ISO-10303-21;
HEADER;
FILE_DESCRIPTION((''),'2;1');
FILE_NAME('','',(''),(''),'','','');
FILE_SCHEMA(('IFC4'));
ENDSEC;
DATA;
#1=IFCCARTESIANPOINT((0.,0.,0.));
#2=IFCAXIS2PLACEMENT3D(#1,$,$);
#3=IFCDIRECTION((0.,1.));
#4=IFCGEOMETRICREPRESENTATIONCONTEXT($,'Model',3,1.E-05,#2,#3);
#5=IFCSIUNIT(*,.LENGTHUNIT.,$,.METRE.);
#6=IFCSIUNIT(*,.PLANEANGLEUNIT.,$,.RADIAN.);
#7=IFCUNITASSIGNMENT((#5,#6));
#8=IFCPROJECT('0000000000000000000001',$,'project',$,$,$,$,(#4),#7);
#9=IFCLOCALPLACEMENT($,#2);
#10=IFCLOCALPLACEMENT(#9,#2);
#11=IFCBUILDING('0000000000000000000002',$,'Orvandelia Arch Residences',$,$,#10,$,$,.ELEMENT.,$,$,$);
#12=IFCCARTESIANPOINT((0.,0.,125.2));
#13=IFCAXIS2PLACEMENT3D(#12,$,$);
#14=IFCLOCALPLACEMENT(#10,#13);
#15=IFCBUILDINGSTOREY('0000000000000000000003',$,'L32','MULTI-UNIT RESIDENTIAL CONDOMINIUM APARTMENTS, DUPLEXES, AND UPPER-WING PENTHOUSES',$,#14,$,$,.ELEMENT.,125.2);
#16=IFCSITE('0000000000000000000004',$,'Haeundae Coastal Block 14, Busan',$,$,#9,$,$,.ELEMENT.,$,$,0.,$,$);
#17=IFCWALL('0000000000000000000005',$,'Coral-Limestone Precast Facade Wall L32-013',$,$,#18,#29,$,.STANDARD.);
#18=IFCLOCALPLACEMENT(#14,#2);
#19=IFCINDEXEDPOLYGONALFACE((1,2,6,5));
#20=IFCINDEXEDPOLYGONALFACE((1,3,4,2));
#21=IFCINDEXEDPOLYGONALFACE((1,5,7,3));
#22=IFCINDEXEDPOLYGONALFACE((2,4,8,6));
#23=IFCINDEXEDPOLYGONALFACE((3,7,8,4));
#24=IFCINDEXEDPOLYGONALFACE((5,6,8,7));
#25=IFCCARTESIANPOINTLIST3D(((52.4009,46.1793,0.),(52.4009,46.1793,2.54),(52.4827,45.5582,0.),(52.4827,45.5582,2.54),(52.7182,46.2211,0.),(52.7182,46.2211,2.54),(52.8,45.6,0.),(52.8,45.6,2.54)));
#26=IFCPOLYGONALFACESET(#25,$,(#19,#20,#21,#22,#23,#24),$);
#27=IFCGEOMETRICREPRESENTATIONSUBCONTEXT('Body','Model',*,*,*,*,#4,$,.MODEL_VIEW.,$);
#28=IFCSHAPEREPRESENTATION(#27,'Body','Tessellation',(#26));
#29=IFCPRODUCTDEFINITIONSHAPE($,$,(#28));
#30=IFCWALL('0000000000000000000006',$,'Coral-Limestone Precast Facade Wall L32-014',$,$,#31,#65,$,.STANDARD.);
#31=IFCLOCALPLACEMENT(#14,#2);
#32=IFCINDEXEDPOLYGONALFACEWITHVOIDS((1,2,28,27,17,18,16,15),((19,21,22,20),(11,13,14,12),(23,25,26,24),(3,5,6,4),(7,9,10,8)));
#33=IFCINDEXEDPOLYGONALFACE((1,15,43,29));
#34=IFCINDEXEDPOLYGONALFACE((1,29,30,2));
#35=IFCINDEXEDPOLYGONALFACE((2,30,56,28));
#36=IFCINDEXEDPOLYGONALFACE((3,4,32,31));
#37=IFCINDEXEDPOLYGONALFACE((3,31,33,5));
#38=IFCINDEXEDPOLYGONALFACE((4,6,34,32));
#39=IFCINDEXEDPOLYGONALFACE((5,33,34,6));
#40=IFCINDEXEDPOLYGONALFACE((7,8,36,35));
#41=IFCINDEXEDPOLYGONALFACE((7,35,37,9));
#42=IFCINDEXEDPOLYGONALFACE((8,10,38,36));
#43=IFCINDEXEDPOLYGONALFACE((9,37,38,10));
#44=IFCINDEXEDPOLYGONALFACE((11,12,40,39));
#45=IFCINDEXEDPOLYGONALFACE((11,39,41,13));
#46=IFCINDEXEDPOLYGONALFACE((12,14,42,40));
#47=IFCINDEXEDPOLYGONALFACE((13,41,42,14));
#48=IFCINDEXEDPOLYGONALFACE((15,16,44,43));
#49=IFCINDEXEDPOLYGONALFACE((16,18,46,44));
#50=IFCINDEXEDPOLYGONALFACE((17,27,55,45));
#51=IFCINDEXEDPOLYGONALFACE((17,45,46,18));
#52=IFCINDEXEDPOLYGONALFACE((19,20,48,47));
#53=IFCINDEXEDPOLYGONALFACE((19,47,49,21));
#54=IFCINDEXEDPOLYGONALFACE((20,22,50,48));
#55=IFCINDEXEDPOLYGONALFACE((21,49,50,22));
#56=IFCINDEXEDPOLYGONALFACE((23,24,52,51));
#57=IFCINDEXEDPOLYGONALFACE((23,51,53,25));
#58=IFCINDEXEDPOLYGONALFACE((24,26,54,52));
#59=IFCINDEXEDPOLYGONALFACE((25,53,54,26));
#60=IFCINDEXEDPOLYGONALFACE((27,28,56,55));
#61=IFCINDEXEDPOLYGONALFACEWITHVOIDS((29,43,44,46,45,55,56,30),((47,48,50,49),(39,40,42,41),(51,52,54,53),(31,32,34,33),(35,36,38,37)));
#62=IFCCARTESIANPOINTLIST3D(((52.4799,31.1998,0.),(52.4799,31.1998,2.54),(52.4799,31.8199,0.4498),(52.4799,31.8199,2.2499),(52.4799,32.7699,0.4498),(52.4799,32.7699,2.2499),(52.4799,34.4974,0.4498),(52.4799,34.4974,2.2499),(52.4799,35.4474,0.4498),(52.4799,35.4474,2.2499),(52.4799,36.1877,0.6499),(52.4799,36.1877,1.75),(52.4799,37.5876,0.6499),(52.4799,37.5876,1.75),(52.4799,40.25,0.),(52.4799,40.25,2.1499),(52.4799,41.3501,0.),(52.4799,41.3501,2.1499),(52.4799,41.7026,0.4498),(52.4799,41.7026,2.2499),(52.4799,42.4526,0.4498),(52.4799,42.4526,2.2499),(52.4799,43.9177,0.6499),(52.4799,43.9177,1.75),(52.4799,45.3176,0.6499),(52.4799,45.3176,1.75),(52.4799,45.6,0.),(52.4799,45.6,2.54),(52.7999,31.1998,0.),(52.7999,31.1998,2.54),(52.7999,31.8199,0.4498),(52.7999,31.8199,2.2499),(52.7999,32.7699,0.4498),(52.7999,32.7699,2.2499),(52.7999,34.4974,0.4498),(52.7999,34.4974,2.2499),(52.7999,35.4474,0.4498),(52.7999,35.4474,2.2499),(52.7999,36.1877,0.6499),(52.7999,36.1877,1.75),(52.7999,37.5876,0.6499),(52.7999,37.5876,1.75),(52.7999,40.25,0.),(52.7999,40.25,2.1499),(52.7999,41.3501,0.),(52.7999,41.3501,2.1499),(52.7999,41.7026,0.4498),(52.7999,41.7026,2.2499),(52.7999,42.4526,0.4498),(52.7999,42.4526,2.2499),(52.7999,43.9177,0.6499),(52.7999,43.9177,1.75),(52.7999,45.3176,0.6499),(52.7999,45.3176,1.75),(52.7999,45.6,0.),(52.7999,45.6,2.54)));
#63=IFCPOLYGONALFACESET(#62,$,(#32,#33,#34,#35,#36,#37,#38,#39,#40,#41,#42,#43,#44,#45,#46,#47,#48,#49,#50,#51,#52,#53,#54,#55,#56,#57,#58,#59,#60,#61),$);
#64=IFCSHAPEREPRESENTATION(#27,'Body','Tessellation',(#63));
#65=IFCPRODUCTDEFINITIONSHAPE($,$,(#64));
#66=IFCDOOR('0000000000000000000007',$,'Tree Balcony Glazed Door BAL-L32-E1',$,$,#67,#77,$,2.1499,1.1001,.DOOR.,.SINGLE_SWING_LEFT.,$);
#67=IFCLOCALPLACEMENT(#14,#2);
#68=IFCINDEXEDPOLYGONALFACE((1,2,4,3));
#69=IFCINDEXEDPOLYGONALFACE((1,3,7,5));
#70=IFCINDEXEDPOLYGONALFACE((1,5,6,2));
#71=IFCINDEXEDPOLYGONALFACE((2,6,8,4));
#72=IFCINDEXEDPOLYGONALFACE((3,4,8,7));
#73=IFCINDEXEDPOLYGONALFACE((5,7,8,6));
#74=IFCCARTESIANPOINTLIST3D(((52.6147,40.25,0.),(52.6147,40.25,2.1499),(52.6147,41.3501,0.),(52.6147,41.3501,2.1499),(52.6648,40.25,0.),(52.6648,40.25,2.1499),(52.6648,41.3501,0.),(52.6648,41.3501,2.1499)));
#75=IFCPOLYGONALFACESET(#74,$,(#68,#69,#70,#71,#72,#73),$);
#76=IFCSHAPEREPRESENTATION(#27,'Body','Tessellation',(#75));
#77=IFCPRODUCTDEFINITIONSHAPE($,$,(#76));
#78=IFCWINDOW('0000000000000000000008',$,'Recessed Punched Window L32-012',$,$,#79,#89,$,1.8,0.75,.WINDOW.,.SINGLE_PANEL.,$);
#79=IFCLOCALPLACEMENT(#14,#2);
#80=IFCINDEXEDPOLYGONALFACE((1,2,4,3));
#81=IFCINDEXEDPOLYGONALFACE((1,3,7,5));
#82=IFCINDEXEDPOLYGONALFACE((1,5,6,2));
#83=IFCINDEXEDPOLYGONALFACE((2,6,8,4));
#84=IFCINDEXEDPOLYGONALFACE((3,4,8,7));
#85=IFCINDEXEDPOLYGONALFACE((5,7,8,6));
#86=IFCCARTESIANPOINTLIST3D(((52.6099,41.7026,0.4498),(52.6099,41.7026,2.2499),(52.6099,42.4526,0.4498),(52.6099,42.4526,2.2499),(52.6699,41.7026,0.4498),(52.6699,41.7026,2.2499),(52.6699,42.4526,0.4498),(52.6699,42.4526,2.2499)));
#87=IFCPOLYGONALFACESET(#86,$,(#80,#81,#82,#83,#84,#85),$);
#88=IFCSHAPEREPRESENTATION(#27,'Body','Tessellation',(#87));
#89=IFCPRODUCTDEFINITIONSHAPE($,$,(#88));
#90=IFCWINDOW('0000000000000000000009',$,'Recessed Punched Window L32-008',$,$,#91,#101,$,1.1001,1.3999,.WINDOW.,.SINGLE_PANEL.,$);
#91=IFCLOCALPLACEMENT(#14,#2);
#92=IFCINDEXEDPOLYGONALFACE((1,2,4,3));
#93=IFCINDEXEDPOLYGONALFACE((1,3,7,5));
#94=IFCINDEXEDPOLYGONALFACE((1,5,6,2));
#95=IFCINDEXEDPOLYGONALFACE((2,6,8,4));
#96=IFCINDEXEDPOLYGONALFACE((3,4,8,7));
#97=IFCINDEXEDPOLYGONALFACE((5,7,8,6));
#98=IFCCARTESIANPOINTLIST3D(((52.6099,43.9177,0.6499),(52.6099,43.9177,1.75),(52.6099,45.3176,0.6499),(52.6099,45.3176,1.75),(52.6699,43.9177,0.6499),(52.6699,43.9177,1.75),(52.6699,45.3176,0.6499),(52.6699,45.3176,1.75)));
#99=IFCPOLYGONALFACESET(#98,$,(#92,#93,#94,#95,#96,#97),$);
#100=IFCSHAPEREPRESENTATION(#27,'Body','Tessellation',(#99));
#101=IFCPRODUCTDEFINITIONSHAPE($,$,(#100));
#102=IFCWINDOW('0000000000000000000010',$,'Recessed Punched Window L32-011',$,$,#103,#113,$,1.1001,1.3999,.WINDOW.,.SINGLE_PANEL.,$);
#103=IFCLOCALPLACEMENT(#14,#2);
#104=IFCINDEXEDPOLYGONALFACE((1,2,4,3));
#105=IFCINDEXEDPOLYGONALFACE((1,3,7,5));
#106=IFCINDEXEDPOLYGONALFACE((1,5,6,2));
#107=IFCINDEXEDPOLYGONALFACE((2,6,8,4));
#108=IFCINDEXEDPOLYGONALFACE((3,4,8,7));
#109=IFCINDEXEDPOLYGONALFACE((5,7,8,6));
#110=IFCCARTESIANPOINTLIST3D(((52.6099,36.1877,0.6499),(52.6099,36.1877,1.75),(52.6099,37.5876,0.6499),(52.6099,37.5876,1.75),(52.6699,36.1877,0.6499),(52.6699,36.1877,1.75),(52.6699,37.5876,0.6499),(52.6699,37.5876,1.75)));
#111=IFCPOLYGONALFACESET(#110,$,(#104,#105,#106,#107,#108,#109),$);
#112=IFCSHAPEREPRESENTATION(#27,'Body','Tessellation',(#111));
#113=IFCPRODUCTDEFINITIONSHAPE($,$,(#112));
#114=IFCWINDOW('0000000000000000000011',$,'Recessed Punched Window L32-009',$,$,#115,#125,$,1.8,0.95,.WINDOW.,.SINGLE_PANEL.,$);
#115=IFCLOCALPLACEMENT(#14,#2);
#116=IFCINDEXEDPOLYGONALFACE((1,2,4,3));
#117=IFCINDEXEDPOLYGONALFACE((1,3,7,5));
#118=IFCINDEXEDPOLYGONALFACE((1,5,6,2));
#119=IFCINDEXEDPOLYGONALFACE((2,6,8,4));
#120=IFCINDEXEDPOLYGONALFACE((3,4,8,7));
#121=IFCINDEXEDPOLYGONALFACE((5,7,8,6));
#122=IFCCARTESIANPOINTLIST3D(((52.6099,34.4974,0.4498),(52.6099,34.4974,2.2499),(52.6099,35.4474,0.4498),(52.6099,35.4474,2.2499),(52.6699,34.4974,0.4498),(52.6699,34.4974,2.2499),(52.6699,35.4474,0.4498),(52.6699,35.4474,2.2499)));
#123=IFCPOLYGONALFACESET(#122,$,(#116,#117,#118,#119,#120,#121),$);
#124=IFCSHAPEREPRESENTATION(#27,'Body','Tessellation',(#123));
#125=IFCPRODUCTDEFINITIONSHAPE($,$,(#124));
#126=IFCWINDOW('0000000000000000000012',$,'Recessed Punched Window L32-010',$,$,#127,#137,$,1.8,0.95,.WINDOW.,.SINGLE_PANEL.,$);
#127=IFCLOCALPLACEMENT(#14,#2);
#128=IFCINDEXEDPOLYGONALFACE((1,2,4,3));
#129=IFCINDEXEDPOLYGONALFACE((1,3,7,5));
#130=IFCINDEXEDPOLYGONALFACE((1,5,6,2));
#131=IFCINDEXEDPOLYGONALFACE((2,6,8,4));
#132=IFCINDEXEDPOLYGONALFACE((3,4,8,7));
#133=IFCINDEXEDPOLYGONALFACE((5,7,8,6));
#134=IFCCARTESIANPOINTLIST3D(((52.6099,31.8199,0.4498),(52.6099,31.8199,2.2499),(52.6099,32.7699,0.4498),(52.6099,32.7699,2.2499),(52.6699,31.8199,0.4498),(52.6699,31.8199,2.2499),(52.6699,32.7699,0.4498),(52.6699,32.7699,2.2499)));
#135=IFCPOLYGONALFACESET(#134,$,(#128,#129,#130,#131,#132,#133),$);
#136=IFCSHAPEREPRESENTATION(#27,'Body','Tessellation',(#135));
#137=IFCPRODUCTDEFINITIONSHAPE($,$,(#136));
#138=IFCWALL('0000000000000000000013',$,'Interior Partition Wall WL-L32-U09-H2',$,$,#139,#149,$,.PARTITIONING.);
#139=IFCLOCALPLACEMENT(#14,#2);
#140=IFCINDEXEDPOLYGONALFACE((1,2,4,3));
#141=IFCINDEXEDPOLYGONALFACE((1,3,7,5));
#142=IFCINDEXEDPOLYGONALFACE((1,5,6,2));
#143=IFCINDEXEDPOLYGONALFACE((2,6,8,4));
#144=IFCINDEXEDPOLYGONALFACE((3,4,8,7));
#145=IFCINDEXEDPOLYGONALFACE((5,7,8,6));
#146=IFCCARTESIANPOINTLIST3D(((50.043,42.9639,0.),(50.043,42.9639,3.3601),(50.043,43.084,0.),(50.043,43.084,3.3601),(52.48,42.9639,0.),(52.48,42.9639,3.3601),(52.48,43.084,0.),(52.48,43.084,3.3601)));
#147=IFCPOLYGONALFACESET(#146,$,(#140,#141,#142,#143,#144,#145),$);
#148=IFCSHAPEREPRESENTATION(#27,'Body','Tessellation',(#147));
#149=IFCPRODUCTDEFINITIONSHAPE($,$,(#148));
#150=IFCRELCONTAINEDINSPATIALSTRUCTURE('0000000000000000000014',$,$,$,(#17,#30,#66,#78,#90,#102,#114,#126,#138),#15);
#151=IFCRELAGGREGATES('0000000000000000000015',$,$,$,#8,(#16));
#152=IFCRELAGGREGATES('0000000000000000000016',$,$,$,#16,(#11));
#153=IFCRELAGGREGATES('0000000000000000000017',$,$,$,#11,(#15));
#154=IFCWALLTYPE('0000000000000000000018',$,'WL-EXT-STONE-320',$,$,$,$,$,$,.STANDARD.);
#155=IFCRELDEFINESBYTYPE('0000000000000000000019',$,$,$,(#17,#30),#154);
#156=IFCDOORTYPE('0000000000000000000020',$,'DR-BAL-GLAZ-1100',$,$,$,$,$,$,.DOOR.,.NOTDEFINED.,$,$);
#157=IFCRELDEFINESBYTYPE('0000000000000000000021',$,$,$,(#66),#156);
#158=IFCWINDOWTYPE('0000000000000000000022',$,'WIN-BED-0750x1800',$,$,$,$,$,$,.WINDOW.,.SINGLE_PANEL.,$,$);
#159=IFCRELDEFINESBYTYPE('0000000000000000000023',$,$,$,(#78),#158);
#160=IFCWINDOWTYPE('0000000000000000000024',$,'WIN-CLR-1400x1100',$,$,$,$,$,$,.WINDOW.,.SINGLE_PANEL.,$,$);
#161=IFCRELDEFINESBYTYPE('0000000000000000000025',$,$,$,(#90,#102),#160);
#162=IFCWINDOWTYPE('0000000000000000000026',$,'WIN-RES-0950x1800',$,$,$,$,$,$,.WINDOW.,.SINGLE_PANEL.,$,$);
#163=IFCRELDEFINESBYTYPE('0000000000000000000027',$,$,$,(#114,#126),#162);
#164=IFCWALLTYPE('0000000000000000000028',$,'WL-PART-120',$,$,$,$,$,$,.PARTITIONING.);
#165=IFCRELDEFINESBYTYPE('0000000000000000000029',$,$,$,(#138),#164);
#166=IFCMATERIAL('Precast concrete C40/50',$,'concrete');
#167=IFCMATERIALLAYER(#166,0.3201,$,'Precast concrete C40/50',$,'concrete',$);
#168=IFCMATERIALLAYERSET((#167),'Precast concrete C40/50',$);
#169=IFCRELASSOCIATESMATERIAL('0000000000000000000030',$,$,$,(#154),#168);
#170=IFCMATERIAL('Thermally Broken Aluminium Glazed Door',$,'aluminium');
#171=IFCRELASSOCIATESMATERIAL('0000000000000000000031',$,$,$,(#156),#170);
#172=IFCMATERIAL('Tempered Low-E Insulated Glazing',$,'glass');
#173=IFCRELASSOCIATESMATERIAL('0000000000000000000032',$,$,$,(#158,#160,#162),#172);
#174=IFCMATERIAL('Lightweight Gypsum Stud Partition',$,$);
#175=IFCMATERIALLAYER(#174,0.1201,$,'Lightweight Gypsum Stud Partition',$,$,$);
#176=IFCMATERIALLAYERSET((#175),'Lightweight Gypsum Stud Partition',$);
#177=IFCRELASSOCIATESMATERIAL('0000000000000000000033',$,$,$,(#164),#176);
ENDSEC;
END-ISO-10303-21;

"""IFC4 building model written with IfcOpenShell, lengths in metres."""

from ifc_helpers import new_model, si_unit, direction, frame, frame_2d, origin, place, context, subcontext, project, spatial, rectangle, extrude, material, layer, layer_set, type_object, element, fill, save


model = new_model("IFC4")

# Units and contexts
model_context = context("Model", 3, precision=1e-05, world=origin(), true_north=direction((0.0, 1.0)))
body_context = subcontext(model_context, "Body", "Model", "MODEL_VIEW")
ifc_project = project(units=[si_unit("LENGTHUNIT", "METRE"), si_unit("PLANEANGLEUNIT", "RADIAN")], contexts=[model_context])

# Site, building, storey
site_placement = place(None, origin())
site = spatial("IfcSite", under=ifc_project, at=site_placement, Name="Haeundae Coastal Block 14, Busan", CompositionType="ELEMENT", RefElevation=0.0)
building_placement = place(site_placement, origin())
building = spatial("IfcBuilding", under=site, at=building_placement, Name="Orvandelia Arch Residences", CompositionType="ELEMENT")
storey_placement = place(building_placement, frame((0.0, 0.0, 125.2)))
storey = spatial("IfcBuildingStorey", under=building, at=storey_placement, Name="L32", Description="MULTI-UNIT RESIDENTIAL CONDOMINIUM APARTMENTS, DUPLEXES, AND UPPER-WING PENTHOUSES", CompositionType="ELEMENT", Elevation=125.2)

# Wall
ifc_material_1 = material(Name="Precast concrete C40/50", Category="concrete")
ifc_layer_1 = layer(ifc_material_1, 0.3201, Name="Precast concrete C40/50", Category="concrete")
ifc_layer_set_1 = layer_set([ifc_layer_1], Name="Precast concrete C40/50")
wall_type_1 = type_object("IfcWallType", Name="WL-EXT-STONE-320", PredefinedType="STANDARD", material=ifc_layer_set_1)
for number, where, z_axis, x_axis, name in (
    (1, (52.5596, 46.2002, 0.0), (0.0, 0.0, 1.0), (0.130555, -0.991441, 0.0), "Coral-Limestone Precast Facade Wall L32-013"),
):
    element("IfcWall", number, at=place(storey_placement, frame(where, z_axis=z_axis, x_axis=x_axis)), inside=storey, type_object=wall_type_1, Name=name, PredefinedType="STANDARD", context=body_context, shape_type="SweptSolid", body=[
        extrude(rectangle(XDim=0.6265, YDim=0.3201, at=frame_2d((0.3132, 0.0))), origin(), (0.0, 0.0, 1.0), 2.54),
    ])

# Wall, openings, door, windows
wall_1_placement = place(storey_placement, frame((52.6399, 45.6001, 0.0), z_axis=(0.0, 0.0, 1.0), x_axis=(0.0, -1.0, 0.0)))
wall_1 = element("IfcWall", 2, at=wall_1_placement, inside=storey, type_object=wall_type_1, Name="Coral-Limestone Precast Facade Wall L32-014", PredefinedType="STANDARD", context=body_context, shape_type="SweptSolid", body=[
    extrude(rectangle(XDim=14.4001, YDim=0.3201, at=frame_2d((7.2002, 0.0))), origin(), (0.0, 0.0, 1.0), 2.54),
])
opening_1_placement = place(wall_1_placement, frame((4.25, 0.0, 0.0)))
opening_1 = element("IfcOpeningElement", 3, at=opening_1_placement, cuts=wall_1, PredefinedType="OPENING", context=body_context, shape_type="SweptSolid", body=[
    extrude(rectangle(XDim=1.1001, YDim=2.1499, at=frame_2d((0.55, 1.075))), frame((0.0, 0.1699, 0.0), z_axis=(0.0, -1.0, 0.0), x_axis=(1.0, 0.0, 0.0)), (0.0, 0.0, 1.0), 0.3401),
])
opening_2_placement = place(wall_1_placement, frame((0.2825, 0.0, 0.6499)))
opening_2 = element("IfcOpeningElement", 4, at=opening_2_placement, cuts=wall_1, PredefinedType="OPENING", context=body_context, shape_type="SweptSolid", body=[
    extrude(rectangle(XDim=1.3999, YDim=1.1001, at=frame_2d((0.7, 0.55))), frame((0.0, 0.1699, 0.0), z_axis=(0.0, -1.0, 0.0), x_axis=(1.0, 0.0, 0.0)), (0.0, 0.0, 1.0), 0.3401),
])
opening_3_placement = place(wall_1_placement, frame((10.1526, 0.0, 0.45)))
opening_3 = element("IfcOpeningElement", 5, at=opening_3_placement, cuts=wall_1, PredefinedType="OPENING", context=body_context, shape_type="SweptSolid", body=[
    extrude(rectangle(XDim=0.95, YDim=1.8, at=frame_2d((0.4751, 0.8999))), frame((0.0, 0.1699, 0.0), z_axis=(0.0, -1.0, 0.0), x_axis=(1.0, 0.0, 0.0)), (0.0, 0.0, 1.0), 0.3401),
])
opening_4_placement = place(wall_1_placement, frame((12.8301, 0.0, 0.45)))
opening_4 = element("IfcOpeningElement", 6, at=opening_4_placement, cuts=wall_1, PredefinedType="OPENING", context=body_context, shape_type="SweptSolid", body=[
    extrude(rectangle(XDim=0.95, YDim=1.8, at=frame_2d((0.4751, 0.8999))), frame((0.0, 0.1699, 0.0), z_axis=(0.0, -1.0, 0.0), x_axis=(1.0, 0.0, 0.0)), (0.0, 0.0, 1.0), 0.3401),
])
opening_5_placement = place(wall_1_placement, frame((8.0125, 0.0, 0.6499)))
opening_5 = element("IfcOpeningElement", 7, at=opening_5_placement, cuts=wall_1, PredefinedType="OPENING", context=body_context, shape_type="SweptSolid", body=[
    extrude(rectangle(XDim=1.3999, YDim=1.1001, at=frame_2d((0.7, 0.55))), frame((0.0, 0.1699, 0.0), z_axis=(0.0, -1.0, 0.0), x_axis=(1.0, 0.0, 0.0)), (0.0, 0.0, 1.0), 0.3401),
])
opening_6_placement = place(wall_1_placement, frame((3.1475, 0.0, 0.45)))
opening_6 = element("IfcOpeningElement", 8, at=opening_6_placement, cuts=wall_1, PredefinedType="OPENING", context=body_context, shape_type="SweptSolid", body=[
    extrude(rectangle(XDim=0.75, YDim=1.8, at=frame_2d((0.375, 0.8999))), frame((0.0, 0.1699, 0.0), z_axis=(0.0, -1.0, 0.0), x_axis=(1.0, 0.0, 0.0)), (0.0, 0.0, 1.0), 0.3401),
])
ifc_material_2 = material(Name="Thermally Broken Aluminium Glazed Door", Category="aluminium")
door_type_1 = type_object("IfcDoorType", Name="DR-BAL-GLAZ-1100", OperationType="NOTDEFINED", PredefinedType="DOOR", material=ifc_material_2)
door_1_placement = place(opening_1_placement, origin())
door_1 = element("IfcDoor", 9, at=door_1_placement, inside=storey, type_object=door_type_1, Name="Tree Balcony Glazed Door BAL-L32-E1", OperationType="SINGLE_SWING_LEFT", OverallHeight=2.1499, OverallWidth=1.1001, PredefinedType="DOOR", context=body_context, shape_type="SweptSolid", body=[
    extrude(rectangle(XDim=1.1001, YDim=2.1499, at=frame_2d((0.55, 1.075))), frame((0.0, 0.0249, 0.0), z_axis=(0.0, -1.0, 0.0), x_axis=(1.0, 0.0, 0.0)), (0.0, 0.0, 1.0), 0.05),
])
fill(opening_1, door_1)
ifc_material_3 = material(Name="Tempered Low-E Insulated Glazing", Category="glass")
window_type_1 = type_object("IfcWindowType", Name="WIN-BED-0750x1800", PartitioningType="SINGLE_PANEL", PredefinedType="WINDOW", material=ifc_material_3)
window_1_placement = place(opening_6_placement, origin())
window_1 = element("IfcWindow", 10, at=window_1_placement, inside=storey, type_object=window_type_1, Name="Recessed Punched Window L32-012", OverallHeight=1.8, OverallWidth=0.75, PartitioningType="SINGLE_PANEL", PredefinedType="WINDOW", context=body_context, shape_type="SweptSolid", body=[
    extrude(rectangle(XDim=0.75, YDim=1.8, at=frame_2d((0.375, 0.8999))), frame((0.0, 0.03, 0.0), z_axis=(0.0, -1.0, 0.0), x_axis=(1.0, 0.0, 0.0)), (0.0, 0.0, 1.0), 0.0601),
])
fill(opening_6, window_1)
window_type_2 = type_object("IfcWindowType", Name="WIN-CLR-1400x1100", PartitioningType="SINGLE_PANEL", PredefinedType="WINDOW", material=ifc_material_3)
window_2_placement = place(opening_2_placement, origin())
window_2 = element("IfcWindow", 11, at=window_2_placement, inside=storey, type_object=window_type_2, Name="Recessed Punched Window L32-008", OverallHeight=1.1001, OverallWidth=1.3999, PartitioningType="SINGLE_PANEL", PredefinedType="WINDOW", context=body_context, shape_type="SweptSolid", body=[
    extrude(rectangle(XDim=1.3999, YDim=1.1001, at=frame_2d((0.7, 0.55))), frame((0.0, 0.03, 0.0), z_axis=(0.0, -1.0, 0.0), x_axis=(1.0, 0.0, 0.0)), (0.0, 0.0, 1.0), 0.0601),
])
fill(opening_2, window_2)
window_3_placement = place(opening_5_placement, origin())
window_3 = element("IfcWindow", 12, at=window_3_placement, inside=storey, type_object=window_type_2, Name="Recessed Punched Window L32-011", OverallHeight=1.1001, OverallWidth=1.3999, PartitioningType="SINGLE_PANEL", PredefinedType="WINDOW", context=body_context, shape_type="SweptSolid", body=[
    extrude(rectangle(XDim=1.3999, YDim=1.1001, at=frame_2d((0.7, 0.55))), frame((0.0, 0.03, 0.0), z_axis=(0.0, -1.0, 0.0), x_axis=(1.0, 0.0, 0.0)), (0.0, 0.0, 1.0), 0.0601),
])
fill(opening_5, window_3)
window_type_3 = type_object("IfcWindowType", Name="WIN-RES-0950x1800", PartitioningType="SINGLE_PANEL", PredefinedType="WINDOW", material=ifc_material_3)
window_4_placement = place(opening_3_placement, origin())
window_4 = element("IfcWindow", 13, at=window_4_placement, inside=storey, type_object=window_type_3, Name="Recessed Punched Window L32-009", OverallHeight=1.8, OverallWidth=0.95, PartitioningType="SINGLE_PANEL", PredefinedType="WINDOW", context=body_context, shape_type="SweptSolid", body=[
    extrude(rectangle(XDim=0.95, YDim=1.8, at=frame_2d((0.4751, 0.8999))), frame((0.0, 0.03, 0.0), z_axis=(0.0, -1.0, 0.0), x_axis=(1.0, 0.0, 0.0)), (0.0, 0.0, 1.0), 0.0601),
])
fill(opening_3, window_4)
window_5_placement = place(opening_4_placement, origin())
window_5 = element("IfcWindow", 14, at=window_5_placement, inside=storey, type_object=window_type_3, Name="Recessed Punched Window L32-010", OverallHeight=1.8, OverallWidth=0.95, PartitioningType="SINGLE_PANEL", PredefinedType="WINDOW", context=body_context, shape_type="SweptSolid", body=[
    extrude(rectangle(XDim=0.95, YDim=1.8, at=frame_2d((0.4751, 0.8999))), frame((0.0, 0.03, 0.0), z_axis=(0.0, -1.0, 0.0), x_axis=(1.0, 0.0, 0.0)), (0.0, 0.0, 1.0), 0.0601),
])
fill(opening_4, window_5)

# Shared definitions
ifc_material_4 = material(Name="Lightweight Gypsum Stud Partition")
ifc_layer_2 = layer(ifc_material_4, 0.1201, Name="Lightweight Gypsum Stud Partition")
ifc_layer_set_2 = layer_set([ifc_layer_2], Name="Lightweight Gypsum Stud Partition")
wall_type_2 = type_object("IfcWallType", Name="WL-PART-120", PredefinedType="PARTITIONING", material=ifc_layer_set_2)

# Wall
wall_2_placement = place(storey_placement, frame((50.043, 43.0239, 0.0), z_axis=(0.0, 0.0, 1.0), x_axis=(1.0, 0.0, 0.0)))
element("IfcWall", 15, at=wall_2_placement, inside=storey, type_object=wall_type_2, Name="Interior Partition Wall WL-L32-U09-H2", PredefinedType="PARTITIONING", context=body_context, shape_type="SweptSolid", body=[
    extrude(rectangle(XDim=2.437, YDim=0.1201, at=frame_2d((1.2185, 0.0))), origin(), (0.0, 0.0, 1.0), 3.3601),
])

save(model, "model.ifc")
